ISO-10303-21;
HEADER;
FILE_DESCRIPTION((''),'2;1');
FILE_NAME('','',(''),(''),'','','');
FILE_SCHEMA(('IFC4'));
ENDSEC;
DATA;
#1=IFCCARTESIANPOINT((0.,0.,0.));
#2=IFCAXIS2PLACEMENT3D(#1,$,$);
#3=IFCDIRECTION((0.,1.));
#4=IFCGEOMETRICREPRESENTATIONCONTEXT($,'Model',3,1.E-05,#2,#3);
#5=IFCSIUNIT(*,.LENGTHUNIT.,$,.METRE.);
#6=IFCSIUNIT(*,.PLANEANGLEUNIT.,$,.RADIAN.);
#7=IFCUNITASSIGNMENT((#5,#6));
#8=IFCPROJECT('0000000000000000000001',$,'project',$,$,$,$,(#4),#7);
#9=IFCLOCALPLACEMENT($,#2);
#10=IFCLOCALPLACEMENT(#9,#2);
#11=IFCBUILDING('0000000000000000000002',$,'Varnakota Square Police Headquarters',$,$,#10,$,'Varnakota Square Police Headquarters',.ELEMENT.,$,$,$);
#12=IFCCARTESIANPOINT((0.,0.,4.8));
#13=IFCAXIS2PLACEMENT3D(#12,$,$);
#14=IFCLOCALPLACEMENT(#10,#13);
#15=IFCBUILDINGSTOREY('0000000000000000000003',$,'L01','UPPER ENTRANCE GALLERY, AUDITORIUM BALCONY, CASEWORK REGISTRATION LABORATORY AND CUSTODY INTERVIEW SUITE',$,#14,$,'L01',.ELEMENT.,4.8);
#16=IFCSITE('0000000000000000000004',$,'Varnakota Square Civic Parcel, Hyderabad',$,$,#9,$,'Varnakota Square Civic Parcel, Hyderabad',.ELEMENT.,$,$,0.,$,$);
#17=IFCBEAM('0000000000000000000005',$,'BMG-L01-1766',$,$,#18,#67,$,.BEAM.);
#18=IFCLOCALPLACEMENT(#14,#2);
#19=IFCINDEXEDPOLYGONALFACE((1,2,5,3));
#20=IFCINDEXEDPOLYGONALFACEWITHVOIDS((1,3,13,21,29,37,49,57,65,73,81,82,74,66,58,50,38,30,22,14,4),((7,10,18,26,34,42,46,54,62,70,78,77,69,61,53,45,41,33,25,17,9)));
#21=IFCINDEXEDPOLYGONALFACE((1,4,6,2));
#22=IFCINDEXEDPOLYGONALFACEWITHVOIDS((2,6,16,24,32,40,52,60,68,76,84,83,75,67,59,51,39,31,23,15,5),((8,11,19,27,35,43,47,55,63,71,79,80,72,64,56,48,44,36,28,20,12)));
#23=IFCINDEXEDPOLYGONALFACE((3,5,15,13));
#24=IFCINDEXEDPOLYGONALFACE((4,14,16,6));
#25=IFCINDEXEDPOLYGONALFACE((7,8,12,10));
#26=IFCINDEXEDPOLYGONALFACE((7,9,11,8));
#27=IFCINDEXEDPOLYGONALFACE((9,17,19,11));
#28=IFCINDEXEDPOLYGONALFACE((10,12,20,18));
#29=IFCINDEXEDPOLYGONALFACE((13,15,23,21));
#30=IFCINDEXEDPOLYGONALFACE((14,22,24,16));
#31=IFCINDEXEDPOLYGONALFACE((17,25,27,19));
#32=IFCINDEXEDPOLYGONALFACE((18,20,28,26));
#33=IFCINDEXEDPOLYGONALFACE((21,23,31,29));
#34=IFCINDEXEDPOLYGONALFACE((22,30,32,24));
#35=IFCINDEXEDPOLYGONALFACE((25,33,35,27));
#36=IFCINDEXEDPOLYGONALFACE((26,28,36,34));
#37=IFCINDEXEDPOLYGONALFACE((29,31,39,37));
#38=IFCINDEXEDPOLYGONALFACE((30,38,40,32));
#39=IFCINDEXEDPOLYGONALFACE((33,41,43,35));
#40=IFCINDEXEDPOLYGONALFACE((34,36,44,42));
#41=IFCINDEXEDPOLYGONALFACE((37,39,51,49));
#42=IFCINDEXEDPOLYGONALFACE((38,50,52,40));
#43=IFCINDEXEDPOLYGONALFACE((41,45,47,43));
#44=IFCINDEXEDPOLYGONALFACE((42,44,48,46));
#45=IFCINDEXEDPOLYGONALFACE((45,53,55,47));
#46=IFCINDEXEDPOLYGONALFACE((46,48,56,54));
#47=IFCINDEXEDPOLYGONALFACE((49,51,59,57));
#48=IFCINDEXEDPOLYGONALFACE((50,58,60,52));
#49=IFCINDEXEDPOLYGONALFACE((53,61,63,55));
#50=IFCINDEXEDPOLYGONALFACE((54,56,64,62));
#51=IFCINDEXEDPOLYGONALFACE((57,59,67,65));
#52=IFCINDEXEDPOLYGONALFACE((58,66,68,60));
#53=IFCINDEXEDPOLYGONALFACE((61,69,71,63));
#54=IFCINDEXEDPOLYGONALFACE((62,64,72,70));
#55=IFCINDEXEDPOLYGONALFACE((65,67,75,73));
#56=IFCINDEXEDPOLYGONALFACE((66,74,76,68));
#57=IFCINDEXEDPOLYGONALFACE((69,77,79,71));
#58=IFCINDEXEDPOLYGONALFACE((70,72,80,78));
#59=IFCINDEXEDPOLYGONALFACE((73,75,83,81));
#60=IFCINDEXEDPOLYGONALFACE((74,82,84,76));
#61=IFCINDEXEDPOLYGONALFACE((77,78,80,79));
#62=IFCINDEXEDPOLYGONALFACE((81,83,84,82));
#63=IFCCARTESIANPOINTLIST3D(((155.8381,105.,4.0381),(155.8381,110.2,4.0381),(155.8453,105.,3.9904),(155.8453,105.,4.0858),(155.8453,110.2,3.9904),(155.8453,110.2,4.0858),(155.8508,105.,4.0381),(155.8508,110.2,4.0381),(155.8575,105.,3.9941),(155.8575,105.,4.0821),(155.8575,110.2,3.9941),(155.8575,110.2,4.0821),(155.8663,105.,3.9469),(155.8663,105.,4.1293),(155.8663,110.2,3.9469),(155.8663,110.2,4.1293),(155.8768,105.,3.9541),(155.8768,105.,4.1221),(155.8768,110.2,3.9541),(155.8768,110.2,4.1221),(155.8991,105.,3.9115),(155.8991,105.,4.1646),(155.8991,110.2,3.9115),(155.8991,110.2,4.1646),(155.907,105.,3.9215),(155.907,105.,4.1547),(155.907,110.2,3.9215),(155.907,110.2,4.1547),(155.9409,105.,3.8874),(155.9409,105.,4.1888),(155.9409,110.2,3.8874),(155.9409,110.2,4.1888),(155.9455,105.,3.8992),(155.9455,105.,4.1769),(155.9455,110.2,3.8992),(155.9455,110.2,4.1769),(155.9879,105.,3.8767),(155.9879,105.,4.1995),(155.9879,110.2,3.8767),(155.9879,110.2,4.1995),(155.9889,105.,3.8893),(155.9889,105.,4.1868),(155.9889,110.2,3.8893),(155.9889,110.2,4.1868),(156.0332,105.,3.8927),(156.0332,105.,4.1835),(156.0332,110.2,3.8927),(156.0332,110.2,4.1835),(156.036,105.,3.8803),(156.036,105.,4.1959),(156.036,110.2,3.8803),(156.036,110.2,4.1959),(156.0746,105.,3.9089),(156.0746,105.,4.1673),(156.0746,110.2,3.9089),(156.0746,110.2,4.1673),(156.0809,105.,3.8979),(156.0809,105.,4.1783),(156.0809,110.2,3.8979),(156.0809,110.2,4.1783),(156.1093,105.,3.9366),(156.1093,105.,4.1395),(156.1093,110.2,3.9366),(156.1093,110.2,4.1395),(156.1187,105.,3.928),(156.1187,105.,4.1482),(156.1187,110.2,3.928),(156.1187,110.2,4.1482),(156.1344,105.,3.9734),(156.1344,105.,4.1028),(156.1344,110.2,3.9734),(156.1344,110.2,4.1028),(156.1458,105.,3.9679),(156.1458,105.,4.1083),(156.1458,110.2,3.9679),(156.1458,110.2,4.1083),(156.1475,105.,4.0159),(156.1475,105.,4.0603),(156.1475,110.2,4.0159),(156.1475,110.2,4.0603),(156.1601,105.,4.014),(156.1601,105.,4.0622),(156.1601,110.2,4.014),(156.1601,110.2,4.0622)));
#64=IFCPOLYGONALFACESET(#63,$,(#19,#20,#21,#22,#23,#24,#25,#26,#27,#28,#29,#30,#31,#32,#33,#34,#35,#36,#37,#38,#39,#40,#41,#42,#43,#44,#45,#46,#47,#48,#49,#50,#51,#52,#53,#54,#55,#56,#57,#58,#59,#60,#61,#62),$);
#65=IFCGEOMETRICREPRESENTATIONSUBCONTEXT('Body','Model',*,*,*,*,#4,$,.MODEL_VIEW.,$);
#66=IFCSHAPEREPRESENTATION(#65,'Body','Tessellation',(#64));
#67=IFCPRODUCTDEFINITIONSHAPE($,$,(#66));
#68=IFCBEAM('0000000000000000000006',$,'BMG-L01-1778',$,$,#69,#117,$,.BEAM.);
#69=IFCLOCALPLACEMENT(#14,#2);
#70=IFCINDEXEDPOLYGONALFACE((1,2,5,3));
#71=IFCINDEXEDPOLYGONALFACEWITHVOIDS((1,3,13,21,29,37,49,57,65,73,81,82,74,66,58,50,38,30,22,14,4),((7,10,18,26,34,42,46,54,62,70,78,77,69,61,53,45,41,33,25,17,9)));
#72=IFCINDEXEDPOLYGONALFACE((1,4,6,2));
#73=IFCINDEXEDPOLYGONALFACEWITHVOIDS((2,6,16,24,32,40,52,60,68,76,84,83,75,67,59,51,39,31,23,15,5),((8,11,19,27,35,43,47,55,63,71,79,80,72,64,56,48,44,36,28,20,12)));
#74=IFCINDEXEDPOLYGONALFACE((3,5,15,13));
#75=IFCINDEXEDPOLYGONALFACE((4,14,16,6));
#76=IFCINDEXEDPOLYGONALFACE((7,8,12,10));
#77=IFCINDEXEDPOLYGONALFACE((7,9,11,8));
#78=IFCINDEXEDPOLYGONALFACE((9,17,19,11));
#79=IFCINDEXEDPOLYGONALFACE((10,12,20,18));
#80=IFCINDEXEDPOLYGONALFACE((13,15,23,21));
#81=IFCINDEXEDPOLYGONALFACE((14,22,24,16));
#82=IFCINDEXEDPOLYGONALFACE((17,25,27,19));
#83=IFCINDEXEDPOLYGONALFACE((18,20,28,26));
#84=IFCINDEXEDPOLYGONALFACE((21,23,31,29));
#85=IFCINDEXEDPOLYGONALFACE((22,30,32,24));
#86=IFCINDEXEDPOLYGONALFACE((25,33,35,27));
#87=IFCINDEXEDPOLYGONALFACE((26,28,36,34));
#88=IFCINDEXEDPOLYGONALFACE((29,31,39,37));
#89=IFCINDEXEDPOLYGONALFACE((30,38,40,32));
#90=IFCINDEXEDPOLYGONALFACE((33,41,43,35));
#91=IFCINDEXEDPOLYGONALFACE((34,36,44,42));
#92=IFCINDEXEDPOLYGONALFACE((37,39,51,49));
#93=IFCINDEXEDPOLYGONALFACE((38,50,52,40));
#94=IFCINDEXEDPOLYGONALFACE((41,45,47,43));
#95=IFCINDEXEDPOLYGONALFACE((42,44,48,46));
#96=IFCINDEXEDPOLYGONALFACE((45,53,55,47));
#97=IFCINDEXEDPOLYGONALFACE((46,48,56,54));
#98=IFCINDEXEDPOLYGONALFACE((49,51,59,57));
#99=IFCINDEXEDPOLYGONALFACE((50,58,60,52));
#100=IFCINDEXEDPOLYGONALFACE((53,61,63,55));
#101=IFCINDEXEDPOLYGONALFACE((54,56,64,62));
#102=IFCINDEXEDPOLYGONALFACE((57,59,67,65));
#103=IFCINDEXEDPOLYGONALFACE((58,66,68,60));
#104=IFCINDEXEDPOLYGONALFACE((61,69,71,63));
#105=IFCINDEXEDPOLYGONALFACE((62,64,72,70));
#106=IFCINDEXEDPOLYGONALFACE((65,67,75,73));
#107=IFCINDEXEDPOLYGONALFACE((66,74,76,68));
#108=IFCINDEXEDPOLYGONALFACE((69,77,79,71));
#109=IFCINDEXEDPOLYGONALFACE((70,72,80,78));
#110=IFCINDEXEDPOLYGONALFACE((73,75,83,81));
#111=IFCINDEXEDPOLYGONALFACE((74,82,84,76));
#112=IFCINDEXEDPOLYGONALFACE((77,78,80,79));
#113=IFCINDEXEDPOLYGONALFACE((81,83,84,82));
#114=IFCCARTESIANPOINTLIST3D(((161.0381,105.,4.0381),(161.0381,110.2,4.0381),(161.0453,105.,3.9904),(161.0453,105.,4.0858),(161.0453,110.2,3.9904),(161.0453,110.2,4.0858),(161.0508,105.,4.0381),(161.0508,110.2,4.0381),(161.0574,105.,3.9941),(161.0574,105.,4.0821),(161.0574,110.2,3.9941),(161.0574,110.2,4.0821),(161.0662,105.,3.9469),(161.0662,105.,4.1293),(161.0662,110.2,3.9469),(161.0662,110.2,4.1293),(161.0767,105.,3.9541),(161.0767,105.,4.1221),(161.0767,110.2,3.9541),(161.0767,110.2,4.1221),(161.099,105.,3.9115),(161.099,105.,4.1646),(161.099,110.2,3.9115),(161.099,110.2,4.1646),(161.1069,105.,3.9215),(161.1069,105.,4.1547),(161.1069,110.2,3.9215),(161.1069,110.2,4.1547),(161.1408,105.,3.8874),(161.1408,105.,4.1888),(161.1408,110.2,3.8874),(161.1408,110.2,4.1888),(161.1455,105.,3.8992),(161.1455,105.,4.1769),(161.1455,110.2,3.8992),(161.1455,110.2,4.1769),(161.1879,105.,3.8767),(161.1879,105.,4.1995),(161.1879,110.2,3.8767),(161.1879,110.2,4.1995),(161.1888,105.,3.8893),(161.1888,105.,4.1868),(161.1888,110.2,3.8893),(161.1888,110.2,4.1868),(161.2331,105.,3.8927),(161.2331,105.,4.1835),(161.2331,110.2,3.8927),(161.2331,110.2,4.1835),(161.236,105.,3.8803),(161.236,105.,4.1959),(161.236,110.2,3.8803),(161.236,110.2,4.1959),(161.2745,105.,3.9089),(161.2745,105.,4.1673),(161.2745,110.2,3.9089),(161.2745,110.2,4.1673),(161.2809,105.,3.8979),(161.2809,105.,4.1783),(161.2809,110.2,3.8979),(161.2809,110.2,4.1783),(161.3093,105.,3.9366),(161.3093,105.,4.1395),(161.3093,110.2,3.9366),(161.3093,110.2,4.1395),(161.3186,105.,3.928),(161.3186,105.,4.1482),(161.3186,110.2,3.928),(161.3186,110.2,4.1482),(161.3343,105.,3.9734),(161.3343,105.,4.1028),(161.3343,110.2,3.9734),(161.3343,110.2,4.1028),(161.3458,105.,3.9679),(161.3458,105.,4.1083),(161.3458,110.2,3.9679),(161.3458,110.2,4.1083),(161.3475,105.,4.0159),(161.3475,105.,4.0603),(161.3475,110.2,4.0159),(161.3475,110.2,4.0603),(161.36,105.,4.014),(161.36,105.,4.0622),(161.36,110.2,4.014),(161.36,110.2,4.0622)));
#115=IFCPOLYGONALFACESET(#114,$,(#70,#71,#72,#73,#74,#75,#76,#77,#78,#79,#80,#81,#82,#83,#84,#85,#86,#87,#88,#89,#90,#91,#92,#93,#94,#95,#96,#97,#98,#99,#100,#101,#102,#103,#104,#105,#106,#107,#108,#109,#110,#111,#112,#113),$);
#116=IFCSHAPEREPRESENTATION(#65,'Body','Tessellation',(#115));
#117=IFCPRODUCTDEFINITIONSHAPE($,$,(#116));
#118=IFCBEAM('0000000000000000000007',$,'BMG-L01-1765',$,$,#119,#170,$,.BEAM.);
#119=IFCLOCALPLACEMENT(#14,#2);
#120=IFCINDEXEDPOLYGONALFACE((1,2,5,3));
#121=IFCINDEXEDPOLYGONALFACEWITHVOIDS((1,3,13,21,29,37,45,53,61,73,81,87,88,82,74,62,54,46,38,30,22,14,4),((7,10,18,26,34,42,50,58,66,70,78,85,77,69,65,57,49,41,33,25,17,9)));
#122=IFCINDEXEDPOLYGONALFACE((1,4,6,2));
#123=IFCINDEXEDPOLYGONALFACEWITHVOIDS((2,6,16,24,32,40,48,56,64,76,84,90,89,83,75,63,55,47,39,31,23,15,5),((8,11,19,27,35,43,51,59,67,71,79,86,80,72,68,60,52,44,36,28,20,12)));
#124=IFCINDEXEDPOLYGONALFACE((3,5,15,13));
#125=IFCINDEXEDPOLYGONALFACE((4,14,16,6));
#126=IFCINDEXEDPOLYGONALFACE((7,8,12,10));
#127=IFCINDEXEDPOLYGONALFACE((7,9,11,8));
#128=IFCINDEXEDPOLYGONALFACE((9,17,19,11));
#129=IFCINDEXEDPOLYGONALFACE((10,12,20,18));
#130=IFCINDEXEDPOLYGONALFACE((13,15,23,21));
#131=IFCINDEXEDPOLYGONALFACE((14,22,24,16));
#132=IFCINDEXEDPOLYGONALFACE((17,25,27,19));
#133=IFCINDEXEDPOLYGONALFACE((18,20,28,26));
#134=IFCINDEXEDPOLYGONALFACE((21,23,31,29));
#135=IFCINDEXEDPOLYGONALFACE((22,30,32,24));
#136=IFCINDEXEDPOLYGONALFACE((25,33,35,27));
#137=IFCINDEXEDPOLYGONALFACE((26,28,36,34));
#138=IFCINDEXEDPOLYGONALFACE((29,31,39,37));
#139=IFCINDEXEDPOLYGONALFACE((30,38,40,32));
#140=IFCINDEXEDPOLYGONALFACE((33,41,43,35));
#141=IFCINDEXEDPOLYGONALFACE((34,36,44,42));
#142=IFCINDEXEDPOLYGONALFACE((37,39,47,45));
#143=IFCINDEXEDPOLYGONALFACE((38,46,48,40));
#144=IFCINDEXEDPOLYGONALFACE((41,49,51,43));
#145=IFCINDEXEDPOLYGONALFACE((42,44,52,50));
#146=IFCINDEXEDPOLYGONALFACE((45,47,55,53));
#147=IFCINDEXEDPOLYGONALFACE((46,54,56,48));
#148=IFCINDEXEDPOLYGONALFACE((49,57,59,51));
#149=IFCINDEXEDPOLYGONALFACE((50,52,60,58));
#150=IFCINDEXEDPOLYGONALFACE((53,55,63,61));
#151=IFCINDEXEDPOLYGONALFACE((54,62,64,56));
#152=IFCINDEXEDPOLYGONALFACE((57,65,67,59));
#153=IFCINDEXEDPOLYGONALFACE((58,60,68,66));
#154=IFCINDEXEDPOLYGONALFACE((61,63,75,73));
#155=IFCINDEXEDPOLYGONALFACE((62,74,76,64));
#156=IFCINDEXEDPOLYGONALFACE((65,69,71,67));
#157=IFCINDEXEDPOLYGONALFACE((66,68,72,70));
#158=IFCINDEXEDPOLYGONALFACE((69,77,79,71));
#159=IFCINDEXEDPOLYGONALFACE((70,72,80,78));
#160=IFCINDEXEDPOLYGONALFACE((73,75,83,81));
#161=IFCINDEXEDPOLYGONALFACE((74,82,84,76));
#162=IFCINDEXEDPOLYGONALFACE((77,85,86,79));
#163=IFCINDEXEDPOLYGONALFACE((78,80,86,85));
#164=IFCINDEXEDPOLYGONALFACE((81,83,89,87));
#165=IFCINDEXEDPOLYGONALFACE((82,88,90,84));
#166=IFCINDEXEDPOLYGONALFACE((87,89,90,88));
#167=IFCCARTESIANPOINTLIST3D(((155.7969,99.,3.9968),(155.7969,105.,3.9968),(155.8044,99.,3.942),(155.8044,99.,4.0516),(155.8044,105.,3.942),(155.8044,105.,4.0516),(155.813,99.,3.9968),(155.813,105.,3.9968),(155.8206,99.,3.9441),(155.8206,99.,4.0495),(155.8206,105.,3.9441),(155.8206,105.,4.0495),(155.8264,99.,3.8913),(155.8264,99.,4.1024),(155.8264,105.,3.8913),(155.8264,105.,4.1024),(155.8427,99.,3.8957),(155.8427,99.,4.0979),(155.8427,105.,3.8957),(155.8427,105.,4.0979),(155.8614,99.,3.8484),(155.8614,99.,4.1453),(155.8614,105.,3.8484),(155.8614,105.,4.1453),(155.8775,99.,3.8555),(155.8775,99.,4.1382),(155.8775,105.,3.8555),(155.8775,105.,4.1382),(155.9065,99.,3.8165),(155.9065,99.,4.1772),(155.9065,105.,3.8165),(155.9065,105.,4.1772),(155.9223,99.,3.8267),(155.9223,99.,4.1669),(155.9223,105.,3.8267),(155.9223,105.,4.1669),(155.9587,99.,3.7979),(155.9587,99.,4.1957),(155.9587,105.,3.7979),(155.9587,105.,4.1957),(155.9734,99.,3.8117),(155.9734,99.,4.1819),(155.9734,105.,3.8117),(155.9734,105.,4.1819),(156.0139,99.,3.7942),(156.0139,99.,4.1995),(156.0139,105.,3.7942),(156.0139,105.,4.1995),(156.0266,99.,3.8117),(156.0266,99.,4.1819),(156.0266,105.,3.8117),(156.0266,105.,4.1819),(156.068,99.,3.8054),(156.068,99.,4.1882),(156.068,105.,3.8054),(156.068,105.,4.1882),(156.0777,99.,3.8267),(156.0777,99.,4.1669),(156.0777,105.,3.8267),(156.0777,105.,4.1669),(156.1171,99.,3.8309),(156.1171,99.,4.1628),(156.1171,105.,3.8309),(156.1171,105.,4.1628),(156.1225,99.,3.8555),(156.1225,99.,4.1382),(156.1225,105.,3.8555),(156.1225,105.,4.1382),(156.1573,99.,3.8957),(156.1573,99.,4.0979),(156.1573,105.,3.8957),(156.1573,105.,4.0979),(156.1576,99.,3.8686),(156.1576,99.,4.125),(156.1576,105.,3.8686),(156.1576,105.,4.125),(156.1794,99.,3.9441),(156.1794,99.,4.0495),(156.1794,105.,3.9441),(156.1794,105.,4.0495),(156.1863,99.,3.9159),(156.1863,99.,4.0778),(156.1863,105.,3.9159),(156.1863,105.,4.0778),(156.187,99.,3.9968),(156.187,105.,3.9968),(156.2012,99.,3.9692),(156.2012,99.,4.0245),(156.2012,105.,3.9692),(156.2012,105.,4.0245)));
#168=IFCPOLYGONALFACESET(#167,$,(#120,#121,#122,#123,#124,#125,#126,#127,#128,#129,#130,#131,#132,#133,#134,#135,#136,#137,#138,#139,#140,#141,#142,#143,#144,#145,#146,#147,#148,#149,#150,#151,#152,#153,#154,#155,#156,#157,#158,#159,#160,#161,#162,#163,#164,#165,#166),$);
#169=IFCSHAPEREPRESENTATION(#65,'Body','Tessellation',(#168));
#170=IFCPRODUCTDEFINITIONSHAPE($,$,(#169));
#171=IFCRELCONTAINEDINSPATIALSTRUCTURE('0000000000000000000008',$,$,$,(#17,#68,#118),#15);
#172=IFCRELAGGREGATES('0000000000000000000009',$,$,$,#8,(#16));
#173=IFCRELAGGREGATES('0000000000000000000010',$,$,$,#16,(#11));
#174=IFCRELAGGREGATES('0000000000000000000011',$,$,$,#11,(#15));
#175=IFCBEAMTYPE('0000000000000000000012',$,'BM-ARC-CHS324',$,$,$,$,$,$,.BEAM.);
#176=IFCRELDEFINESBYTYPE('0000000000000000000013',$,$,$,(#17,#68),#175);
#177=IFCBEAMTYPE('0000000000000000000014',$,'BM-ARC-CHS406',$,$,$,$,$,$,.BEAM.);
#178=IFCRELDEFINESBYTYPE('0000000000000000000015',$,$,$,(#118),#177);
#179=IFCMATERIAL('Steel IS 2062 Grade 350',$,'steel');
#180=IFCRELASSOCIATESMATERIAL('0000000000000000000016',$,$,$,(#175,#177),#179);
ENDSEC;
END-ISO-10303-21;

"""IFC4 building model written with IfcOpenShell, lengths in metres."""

from ifc_helpers import new_model, si_unit, direction, frame, origin, origin_2d, place, context, subcontext, project, spatial, hollow_circle, extrude, material, material_profile, profile_set, type_object, element, save


model = new_model("IFC4")

# Units and contexts
model_context = context("Model", 3, precision=1e-05, world=origin(), true_north=direction((0.0, 1.0)))
body_context = subcontext(model_context, "Body", "Model", "MODEL_VIEW")
ifc_project = project(units=[si_unit("LENGTHUNIT", "METRE"), si_unit("PLANEANGLEUNIT", "RADIAN")], contexts=[model_context])

# Site, building, storey
site_placement = place(None, origin())
site = spatial("IfcSite", under=ifc_project, at=site_placement, Name="Varnakota Square Civic Parcel, Hyderabad", LongName="Varnakota Square Civic Parcel, Hyderabad", CompositionType="ELEMENT", RefElevation=0.0)
building_placement = place(site_placement, origin())
building = spatial("IfcBuilding", under=site, at=building_placement, Name="Varnakota Square Police Headquarters", LongName="Varnakota Square Police Headquarters", CompositionType="ELEMENT")
storey_placement = place(building_placement, frame((0.0, 0.0, 4.8)))
storey = spatial("IfcBuildingStorey", under=building, at=storey_placement, Name="L01", Description="UPPER ENTRANCE GALLERY, AUDITORIUM BALCONY, CASEWORK REGISTRATION LABORATORY AND CUSTODY INTERVIEW SUITE", LongName="L01", CompositionType="ELEMENT", Elevation=4.8)

# Shared definitions
ifc_material_1 = material(Name="Steel IS 2062 Grade 350", Category="steel")

# Beams
ifc_material_profile_1 = material_profile(ifc_material_1, hollow_circle(Radius=0.1619, WallThickness=0.0127, at=origin_2d()), Name="CHS 323.9x12.7")
ifc_profile_set_1 = profile_set([ifc_material_profile_1], Name="Steel IS 2062 Grade 350")
beam_type_1 = type_object("IfcBeamType", Name="BM-ARC-CHS324", PredefinedType="BEAM", material=ifc_profile_set_1)
for number, where, z_axis, x_axis, name in (
    (1, (156.0, 105.0, 4.0381), (0.0, 1.0, 0.0), (-1.0, 0.0, 0.0), "BMG-L01-1766"),
    (2, (161.2, 105.0, 4.0381), (0.0, 1.0, 0.0), (-1.0, 0.0, 0.0), "BMG-L01-1778"),
):
    element("IfcBeam", number, at=place(storey_placement, frame(where, z_axis=z_axis, x_axis=x_axis)), inside=storey, type_object=beam_type_1, Name=name, PredefinedType="BEAM", context=body_context, shape_type="SweptSolid", body=[
        extrude(hollow_circle(Radius=0.1619, WallThickness=0.0127, at=origin_2d()), origin(), (0.0, 0.0, 1.0), 5.2),
    ])
ifc_material_profile_2 = material_profile(ifc_material_1, hollow_circle(Radius=0.2031, WallThickness=0.0161, at=origin_2d()), Name="CHS 406.4x16.0")
ifc_profile_set_2 = profile_set([ifc_material_profile_2], Name="Steel IS 2062 Grade 350")
beam_type_2 = type_object("IfcBeamType", Name="BM-ARC-CHS406", PredefinedType="BEAM", material=ifc_profile_set_2)
for number, where, z_axis, x_axis, name in (
    (3, (156.0, 99.0, 3.9968), (0.0, 1.0, 0.0), (-1.0, 0.0, 0.0), "BMG-L01-1765"),
):
    element("IfcBeam", number, at=place(storey_placement, frame(where, z_axis=z_axis, x_axis=x_axis)), inside=storey, type_object=beam_type_2, Name=name, PredefinedType="BEAM", context=body_context, shape_type="SweptSolid", body=[
        extrude(hollow_circle(Radius=0.2031, WallThickness=0.0161, at=origin_2d()), origin(), (0.0, 0.0, 1.0), 6.0),
    ])

save(model, "model.ifc")
